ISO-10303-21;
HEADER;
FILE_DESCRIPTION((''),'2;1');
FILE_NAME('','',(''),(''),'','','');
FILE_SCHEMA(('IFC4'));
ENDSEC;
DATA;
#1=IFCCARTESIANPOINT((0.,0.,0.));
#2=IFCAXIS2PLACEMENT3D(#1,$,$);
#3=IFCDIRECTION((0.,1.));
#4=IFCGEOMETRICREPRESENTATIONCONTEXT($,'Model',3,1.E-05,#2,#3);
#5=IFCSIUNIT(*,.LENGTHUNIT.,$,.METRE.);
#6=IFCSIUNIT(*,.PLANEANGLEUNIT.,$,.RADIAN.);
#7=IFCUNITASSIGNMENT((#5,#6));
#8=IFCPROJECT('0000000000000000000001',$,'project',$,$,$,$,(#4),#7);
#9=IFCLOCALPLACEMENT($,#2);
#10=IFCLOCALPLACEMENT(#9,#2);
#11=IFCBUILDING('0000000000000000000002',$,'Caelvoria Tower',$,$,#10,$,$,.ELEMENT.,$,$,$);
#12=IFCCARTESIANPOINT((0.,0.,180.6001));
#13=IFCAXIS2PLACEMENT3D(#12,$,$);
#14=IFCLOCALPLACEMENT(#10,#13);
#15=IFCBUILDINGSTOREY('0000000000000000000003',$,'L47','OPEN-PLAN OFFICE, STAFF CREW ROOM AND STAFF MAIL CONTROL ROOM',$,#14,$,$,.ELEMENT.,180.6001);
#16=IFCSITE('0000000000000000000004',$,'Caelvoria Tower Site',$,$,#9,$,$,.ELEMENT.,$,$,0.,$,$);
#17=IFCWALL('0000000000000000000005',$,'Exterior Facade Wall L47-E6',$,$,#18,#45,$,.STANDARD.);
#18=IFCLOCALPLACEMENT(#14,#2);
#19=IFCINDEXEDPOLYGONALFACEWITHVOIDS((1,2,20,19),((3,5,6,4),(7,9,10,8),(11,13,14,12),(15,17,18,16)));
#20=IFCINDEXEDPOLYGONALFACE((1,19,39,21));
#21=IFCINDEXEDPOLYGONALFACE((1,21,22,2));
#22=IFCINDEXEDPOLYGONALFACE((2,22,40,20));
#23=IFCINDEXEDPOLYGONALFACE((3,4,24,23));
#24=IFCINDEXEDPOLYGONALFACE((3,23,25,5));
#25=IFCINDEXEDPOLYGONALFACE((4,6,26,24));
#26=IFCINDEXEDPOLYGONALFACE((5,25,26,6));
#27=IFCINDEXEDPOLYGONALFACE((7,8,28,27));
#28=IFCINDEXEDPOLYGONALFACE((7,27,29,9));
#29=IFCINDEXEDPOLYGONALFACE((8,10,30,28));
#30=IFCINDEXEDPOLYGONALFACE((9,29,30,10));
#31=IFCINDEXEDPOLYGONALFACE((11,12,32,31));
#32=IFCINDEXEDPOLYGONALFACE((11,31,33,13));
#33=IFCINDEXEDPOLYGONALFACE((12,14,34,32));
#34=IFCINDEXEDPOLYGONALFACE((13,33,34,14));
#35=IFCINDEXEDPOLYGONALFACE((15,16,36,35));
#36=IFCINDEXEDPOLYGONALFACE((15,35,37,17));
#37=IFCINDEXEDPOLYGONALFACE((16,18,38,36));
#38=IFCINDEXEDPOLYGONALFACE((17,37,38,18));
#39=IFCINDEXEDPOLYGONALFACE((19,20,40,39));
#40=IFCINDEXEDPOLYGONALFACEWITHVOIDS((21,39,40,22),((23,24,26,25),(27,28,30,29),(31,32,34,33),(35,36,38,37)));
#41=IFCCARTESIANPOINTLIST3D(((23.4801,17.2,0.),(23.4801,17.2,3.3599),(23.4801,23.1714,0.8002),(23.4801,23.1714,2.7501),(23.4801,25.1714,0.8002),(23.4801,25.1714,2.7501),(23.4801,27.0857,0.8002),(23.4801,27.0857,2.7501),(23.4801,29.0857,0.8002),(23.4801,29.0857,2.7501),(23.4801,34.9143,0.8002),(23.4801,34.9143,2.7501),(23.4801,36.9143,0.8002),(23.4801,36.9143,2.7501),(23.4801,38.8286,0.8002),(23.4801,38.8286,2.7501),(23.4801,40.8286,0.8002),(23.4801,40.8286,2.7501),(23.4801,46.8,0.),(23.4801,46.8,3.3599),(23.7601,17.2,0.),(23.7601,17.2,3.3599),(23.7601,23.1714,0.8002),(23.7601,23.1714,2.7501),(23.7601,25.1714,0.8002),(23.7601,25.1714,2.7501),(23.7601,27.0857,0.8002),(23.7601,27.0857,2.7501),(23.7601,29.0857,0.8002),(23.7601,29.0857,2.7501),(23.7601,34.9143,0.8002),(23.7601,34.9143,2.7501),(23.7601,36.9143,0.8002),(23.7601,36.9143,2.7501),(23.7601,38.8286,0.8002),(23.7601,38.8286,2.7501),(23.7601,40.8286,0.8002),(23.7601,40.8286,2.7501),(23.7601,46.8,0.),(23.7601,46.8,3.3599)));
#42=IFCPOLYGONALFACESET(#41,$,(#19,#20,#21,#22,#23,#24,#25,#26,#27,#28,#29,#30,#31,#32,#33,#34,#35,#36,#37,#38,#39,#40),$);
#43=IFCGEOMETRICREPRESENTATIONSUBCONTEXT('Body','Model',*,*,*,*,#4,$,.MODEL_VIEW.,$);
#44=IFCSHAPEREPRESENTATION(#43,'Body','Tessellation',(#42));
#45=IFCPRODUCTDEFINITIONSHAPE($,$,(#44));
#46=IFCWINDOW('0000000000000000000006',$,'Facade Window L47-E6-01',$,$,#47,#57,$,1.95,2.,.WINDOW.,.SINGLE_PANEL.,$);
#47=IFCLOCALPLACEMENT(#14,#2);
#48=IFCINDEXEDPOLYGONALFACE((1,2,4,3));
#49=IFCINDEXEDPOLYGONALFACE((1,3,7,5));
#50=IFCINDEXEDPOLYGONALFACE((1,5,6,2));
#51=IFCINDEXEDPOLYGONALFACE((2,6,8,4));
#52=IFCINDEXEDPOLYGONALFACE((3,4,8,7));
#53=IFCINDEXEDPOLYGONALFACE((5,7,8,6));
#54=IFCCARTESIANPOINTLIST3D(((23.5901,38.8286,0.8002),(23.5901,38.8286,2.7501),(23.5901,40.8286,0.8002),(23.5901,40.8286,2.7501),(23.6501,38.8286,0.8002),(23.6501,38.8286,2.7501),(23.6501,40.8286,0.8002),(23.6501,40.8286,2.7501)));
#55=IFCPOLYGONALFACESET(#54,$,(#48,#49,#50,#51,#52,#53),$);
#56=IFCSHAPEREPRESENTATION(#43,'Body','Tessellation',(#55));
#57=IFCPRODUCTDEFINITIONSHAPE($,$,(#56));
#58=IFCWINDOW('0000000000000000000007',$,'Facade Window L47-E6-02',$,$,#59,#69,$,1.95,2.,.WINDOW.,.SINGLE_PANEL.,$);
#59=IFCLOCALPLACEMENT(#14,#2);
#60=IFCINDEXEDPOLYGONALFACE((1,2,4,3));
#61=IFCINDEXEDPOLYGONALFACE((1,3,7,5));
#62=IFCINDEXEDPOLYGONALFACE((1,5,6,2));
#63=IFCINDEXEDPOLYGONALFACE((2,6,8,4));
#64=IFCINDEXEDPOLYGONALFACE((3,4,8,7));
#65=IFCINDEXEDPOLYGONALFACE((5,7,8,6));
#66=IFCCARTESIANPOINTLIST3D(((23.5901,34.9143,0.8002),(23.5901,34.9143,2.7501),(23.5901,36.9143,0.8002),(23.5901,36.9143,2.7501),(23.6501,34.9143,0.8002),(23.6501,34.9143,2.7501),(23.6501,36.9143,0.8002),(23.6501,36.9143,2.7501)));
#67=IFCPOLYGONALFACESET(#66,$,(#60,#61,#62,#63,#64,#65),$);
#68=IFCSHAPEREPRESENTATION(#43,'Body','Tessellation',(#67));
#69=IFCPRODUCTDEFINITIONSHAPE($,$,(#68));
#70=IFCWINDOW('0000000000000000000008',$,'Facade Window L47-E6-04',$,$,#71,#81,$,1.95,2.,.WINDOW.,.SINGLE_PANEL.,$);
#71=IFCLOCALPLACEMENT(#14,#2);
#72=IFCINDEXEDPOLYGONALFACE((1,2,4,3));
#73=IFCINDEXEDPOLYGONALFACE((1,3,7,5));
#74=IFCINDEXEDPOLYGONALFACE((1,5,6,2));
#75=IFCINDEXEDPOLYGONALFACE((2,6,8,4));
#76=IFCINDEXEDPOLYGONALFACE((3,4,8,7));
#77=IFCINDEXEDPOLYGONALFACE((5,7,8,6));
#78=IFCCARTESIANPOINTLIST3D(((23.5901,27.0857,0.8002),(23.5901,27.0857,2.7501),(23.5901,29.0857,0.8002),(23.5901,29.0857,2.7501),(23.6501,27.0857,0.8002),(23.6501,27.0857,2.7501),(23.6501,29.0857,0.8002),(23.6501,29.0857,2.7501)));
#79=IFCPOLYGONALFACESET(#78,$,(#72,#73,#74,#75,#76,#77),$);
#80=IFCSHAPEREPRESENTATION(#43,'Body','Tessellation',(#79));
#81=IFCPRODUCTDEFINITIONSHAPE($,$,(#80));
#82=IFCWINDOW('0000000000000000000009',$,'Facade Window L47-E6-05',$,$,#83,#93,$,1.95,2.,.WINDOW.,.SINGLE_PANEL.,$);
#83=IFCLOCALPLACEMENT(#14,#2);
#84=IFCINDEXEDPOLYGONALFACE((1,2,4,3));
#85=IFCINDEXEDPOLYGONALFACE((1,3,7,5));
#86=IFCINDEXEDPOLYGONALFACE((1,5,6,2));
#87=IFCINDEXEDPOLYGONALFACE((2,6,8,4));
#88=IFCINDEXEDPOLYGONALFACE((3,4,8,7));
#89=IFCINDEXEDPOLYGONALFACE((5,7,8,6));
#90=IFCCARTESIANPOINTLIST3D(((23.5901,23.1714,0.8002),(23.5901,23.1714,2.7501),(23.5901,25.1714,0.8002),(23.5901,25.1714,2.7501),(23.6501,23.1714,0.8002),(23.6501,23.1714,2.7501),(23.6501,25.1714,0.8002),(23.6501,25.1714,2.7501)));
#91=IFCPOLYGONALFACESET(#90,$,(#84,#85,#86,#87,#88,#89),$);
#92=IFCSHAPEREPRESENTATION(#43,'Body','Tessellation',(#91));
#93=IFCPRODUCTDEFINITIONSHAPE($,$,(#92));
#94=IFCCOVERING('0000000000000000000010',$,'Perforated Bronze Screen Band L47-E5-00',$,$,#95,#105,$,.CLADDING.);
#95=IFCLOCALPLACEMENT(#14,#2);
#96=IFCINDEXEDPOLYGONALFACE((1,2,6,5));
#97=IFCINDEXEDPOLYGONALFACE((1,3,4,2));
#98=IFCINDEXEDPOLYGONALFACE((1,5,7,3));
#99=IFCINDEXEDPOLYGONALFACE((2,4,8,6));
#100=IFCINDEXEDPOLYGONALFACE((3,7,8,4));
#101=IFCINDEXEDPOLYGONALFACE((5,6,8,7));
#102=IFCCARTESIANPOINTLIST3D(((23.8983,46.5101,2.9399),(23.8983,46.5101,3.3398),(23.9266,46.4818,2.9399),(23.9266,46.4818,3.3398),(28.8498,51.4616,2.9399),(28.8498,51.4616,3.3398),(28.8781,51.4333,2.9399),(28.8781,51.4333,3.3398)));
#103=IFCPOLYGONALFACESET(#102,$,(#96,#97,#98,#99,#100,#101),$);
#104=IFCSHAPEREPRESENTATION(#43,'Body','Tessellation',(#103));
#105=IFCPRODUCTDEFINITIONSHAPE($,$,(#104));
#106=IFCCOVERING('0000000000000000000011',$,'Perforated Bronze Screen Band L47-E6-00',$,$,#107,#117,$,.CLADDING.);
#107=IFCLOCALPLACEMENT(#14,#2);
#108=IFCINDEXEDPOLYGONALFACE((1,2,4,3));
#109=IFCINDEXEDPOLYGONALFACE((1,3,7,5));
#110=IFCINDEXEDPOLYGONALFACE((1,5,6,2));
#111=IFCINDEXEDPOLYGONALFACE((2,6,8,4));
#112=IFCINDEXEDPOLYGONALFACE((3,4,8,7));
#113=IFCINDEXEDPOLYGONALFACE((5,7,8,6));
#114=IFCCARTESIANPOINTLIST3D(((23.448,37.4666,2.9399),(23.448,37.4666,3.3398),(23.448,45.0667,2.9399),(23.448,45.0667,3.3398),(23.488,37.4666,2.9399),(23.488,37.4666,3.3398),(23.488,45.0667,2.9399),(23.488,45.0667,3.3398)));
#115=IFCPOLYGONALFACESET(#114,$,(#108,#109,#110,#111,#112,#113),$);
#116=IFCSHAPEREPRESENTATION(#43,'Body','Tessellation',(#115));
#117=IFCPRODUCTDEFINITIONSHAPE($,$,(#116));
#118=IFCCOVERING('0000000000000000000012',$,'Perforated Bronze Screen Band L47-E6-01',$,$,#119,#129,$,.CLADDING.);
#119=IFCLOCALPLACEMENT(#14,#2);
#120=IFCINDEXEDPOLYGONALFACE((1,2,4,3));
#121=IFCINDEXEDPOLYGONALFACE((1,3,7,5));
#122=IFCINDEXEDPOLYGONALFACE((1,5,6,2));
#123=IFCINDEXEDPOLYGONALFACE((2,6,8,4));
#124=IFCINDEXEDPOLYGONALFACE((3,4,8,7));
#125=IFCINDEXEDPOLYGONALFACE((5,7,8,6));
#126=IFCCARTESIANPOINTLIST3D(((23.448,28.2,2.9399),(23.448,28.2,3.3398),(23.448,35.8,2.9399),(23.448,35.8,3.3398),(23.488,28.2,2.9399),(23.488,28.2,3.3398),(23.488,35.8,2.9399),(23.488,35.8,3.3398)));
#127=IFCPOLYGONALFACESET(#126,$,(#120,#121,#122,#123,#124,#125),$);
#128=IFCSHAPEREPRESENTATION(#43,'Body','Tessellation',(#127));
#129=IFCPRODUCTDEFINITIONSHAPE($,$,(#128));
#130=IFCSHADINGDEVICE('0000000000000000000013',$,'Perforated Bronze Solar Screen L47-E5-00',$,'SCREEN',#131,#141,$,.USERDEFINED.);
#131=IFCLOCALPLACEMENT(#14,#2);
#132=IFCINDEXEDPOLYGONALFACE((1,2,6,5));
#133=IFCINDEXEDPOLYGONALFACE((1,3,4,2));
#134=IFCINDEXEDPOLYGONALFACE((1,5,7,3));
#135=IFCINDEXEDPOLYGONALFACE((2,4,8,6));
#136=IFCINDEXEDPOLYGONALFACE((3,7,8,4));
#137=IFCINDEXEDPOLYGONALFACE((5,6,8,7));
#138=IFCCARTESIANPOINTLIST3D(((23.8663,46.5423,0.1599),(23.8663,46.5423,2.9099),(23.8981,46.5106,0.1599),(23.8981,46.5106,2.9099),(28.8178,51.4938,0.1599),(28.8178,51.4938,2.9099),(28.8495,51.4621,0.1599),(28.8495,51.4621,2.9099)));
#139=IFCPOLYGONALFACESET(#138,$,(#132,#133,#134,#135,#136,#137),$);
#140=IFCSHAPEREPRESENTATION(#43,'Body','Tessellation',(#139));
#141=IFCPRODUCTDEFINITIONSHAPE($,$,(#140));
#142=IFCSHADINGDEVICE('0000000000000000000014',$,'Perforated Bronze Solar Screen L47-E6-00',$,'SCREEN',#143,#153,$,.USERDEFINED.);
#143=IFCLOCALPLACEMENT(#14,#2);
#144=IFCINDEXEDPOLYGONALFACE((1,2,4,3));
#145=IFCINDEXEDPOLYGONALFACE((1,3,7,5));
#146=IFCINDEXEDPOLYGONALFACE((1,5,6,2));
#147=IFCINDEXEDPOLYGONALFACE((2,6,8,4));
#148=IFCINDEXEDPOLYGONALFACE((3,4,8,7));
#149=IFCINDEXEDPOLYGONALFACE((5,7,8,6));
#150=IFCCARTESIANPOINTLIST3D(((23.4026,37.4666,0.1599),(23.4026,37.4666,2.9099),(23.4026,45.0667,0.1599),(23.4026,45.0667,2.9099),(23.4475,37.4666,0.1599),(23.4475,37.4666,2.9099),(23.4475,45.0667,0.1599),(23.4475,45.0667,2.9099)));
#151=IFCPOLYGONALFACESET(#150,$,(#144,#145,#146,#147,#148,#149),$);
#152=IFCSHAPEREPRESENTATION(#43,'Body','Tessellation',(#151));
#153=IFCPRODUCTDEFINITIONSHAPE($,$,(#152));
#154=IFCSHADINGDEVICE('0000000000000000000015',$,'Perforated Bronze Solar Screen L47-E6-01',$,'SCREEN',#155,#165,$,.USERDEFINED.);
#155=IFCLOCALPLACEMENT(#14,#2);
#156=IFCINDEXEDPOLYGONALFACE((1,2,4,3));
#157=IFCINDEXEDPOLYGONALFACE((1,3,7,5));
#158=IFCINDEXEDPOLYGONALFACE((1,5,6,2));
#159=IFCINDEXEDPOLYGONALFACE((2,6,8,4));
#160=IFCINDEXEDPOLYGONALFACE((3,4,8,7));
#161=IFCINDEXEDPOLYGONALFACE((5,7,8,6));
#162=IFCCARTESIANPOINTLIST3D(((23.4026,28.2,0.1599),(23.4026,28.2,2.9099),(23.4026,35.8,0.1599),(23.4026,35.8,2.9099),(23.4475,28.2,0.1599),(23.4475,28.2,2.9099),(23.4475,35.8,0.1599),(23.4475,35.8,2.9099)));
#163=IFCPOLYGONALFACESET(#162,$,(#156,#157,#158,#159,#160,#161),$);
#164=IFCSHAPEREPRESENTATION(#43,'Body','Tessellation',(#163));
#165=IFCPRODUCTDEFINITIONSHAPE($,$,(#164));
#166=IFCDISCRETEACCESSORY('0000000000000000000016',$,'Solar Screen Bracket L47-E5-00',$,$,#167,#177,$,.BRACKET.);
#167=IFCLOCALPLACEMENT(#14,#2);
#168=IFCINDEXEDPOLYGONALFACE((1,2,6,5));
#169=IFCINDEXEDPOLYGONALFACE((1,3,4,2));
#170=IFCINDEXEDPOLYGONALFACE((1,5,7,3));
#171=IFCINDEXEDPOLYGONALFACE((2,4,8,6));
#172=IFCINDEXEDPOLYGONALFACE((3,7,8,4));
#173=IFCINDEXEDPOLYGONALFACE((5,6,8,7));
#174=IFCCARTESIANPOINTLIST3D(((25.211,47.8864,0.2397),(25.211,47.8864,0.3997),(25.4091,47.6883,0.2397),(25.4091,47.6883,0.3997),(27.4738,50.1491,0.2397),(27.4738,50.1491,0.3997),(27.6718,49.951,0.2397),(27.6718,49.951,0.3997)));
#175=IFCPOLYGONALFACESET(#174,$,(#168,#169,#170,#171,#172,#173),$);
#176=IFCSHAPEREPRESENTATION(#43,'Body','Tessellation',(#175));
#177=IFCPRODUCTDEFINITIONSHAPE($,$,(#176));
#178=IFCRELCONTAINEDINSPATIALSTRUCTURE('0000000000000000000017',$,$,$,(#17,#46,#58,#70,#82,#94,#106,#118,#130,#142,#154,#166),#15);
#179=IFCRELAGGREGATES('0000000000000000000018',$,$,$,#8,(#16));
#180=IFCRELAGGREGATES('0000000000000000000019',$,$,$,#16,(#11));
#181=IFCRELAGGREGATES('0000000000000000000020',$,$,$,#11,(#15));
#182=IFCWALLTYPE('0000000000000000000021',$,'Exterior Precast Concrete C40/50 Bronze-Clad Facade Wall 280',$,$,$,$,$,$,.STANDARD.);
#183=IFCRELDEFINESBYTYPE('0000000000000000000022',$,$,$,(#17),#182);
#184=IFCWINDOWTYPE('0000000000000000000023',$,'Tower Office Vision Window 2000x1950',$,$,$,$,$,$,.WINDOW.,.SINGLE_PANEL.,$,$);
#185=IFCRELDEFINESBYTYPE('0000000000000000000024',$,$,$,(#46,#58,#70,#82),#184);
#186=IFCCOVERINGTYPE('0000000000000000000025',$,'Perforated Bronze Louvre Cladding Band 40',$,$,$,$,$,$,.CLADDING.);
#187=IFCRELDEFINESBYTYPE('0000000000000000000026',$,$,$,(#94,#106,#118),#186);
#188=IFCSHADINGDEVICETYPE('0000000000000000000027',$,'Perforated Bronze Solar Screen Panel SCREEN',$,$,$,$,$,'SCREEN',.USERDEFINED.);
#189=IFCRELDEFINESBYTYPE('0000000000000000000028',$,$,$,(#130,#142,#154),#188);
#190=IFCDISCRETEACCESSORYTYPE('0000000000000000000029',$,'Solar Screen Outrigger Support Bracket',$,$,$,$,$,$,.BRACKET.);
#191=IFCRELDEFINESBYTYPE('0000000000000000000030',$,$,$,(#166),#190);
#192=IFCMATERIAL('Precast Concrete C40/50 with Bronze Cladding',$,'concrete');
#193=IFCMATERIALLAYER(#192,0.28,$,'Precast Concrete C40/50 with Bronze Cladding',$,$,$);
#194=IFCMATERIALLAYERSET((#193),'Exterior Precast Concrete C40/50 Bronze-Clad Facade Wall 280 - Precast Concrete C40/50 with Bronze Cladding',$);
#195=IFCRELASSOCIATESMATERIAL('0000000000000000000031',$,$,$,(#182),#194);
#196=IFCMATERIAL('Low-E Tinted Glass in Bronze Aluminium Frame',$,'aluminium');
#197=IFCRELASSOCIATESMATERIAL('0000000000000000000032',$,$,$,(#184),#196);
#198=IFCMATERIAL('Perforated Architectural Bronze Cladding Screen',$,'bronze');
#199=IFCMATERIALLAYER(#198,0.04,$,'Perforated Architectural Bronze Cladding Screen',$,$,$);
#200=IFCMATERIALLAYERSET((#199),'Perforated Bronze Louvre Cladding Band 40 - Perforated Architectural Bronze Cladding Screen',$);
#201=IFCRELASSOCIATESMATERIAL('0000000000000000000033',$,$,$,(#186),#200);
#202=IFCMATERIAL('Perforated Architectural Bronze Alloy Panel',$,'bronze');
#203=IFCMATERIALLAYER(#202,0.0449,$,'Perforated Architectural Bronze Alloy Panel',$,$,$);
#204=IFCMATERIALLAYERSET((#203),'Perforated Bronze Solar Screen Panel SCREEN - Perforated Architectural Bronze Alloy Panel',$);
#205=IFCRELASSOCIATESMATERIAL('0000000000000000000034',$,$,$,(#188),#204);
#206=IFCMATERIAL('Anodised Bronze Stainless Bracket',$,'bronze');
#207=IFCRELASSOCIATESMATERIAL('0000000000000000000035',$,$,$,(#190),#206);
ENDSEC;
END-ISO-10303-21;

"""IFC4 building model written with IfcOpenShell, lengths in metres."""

from ifc_helpers import new_model, si_unit, direction, frame, frame_2d, origin, origin_2d, place, context, subcontext, project, spatial, rectangle, extrude, material, layer, layer_set, type_object, element, fill, save


model = new_model("IFC4")

# Units and contexts
model_context = context("Model", 3, precision=1e-05, world=origin(), true_north=direction((0.0, 1.0)))
body_context = subcontext(model_context, "Body", "Model", "MODEL_VIEW")
ifc_project = project(units=[si_unit("LENGTHUNIT", "METRE"), si_unit("PLANEANGLEUNIT", "RADIAN")], contexts=[model_context])

# Site, building, storey
site_placement = place(None, origin())
site = spatial("IfcSite", under=ifc_project, at=site_placement, Name="Caelvoria Tower Site", CompositionType="ELEMENT", RefElevation=0.0)
building_placement = place(site_placement, origin())
building = spatial("IfcBuilding", under=site, at=building_placement, Name="Caelvoria Tower", CompositionType="ELEMENT")
storey_placement = place(building_placement, frame((0.0, 0.0, 180.6001)))
storey = spatial("IfcBuildingStorey", under=building, at=storey_placement, Name="L47", Description="OPEN-PLAN OFFICE, STAFF CREW ROOM AND STAFF MAIL CONTROL ROOM", CompositionType="ELEMENT", Elevation=180.6001)

# Shared definitions
ifc_material_1 = material(Name="Precast Concrete C40/50 with Bronze Cladding", Category="concrete")
ifc_layer_1 = layer(ifc_material_1, 0.28, Name="Precast Concrete C40/50 with Bronze Cladding")
ifc_layer_set_1 = layer_set([ifc_layer_1], Name="Exterior Precast Concrete C40/50 Bronze-Clad Facade Wall 280 - Precast Concrete C40/50 with Bronze Cladding")
wall_type = type_object("IfcWallType", Name="Exterior Precast Concrete C40/50 Bronze-Clad Facade Wall 280", PredefinedType="STANDARD", material=ifc_layer_set_1)

# Wall, openings, windows
wall_1_placement = place(storey_placement, frame((23.6201, 46.8, 0.0), z_axis=(0.0, 0.0, 1.0), x_axis=(0.0, -1.0, 0.0)))
wall_1 = element("IfcWall", 1, at=wall_1_placement, inside=storey, type_object=wall_type, Name="Exterior Facade Wall L47-E6", PredefinedType="STANDARD", context=body_context, shape_type="SweptSolid", body=[
    extrude(rectangle(XDim=29.6001, YDim=0.28, at=frame_2d((14.8, 0.0))), origin(), (0.0, 0.0, 1.0), 3.3599),
])
opening_1_placement = place(wall_1_placement, frame((5.9714, 0.0, 0.8)))
opening_1 = element("IfcOpeningElement", 2, at=opening_1_placement, cuts=wall_1, PredefinedType="OPENING", context=body_context, shape_type="SweptSolid", body=[
    extrude(rectangle(XDim=2.0, YDim=1.95, at=frame_2d((1.0, 0.9751))), frame((0.0, 0.1499, 0.0), z_axis=(0.0, -1.0, 0.0), x_axis=(1.0, 0.0, 0.0)), (0.0, 0.0, 1.0), 0.3),
])
opening_2_placement = place(wall_1_placement, frame((9.8857, 0.0, 0.8)))
opening_2 = element("IfcOpeningElement", 3, at=opening_2_placement, cuts=wall_1, PredefinedType="OPENING", context=body_context, shape_type="SweptSolid", body=[
    extrude(rectangle(XDim=2.0, YDim=1.95, at=frame_2d((1.0, 0.9751))), frame((0.0, 0.1499, 0.0), z_axis=(0.0, -1.0, 0.0), x_axis=(1.0, 0.0, 0.0)), (0.0, 0.0, 1.0), 0.3),
])
opening_3_placement = place(wall_1_placement, frame((17.7144, 0.0, 0.8)))
opening_3 = element("IfcOpeningElement", 4, at=opening_3_placement, cuts=wall_1, PredefinedType="OPENING", context=body_context, shape_type="SweptSolid", body=[
    extrude(rectangle(XDim=2.0, YDim=1.95, at=frame_2d((1.0, 0.9751))), frame((0.0, 0.1499, 0.0), z_axis=(0.0, -1.0, 0.0), x_axis=(1.0, 0.0, 0.0)), (0.0, 0.0, 1.0), 0.3),
])
opening_4_placement = place(wall_1_placement, frame((21.6287, 0.0, 0.8)))
opening_4 = element("IfcOpeningElement", 5, at=opening_4_placement, cuts=wall_1, PredefinedType="OPENING", context=body_context, shape_type="SweptSolid", body=[
    extrude(rectangle(XDim=2.0, YDim=1.95, at=frame_2d((1.0, 0.9751))), frame((0.0, 0.1499, 0.0), z_axis=(0.0, -1.0, 0.0), x_axis=(1.0, 0.0, 0.0)), (0.0, 0.0, 1.0), 0.3),
])
ifc_material_2 = material(Name="Low-E Tinted Glass in Bronze Aluminium Frame", Category="aluminium")
window_type = type_object("IfcWindowType", Name="Tower Office Vision Window 2000x1950", PartitioningType="SINGLE_PANEL", PredefinedType="WINDOW", material=ifc_material_2)
window_1_placement = place(opening_1_placement, origin())
window_1 = element("IfcWindow", 6, at=window_1_placement, inside=storey, type_object=window_type, Name="Facade Window L47-E6-01", OverallHeight=1.95, OverallWidth=2.0, PartitioningType="SINGLE_PANEL", PredefinedType="WINDOW", context=body_context, shape_type="SweptSolid", body=[
    extrude(rectangle(XDim=2.0, YDim=1.95, at=frame_2d((1.0, 0.9751))), frame((0.0, 0.03, 0.0), z_axis=(0.0, -1.0, 0.0), x_axis=(1.0, 0.0, 0.0)), (0.0, 0.0, 1.0), 0.0601),
])
fill(opening_1, window_1)
window_2_placement = place(opening_2_placement, origin())
window_2 = element("IfcWindow", 7, at=window_2_placement, inside=storey, type_object=window_type, Name="Facade Window L47-E6-02", OverallHeight=1.95, OverallWidth=2.0, PartitioningType="SINGLE_PANEL", PredefinedType="WINDOW", context=body_context, shape_type="SweptSolid", body=[
    extrude(rectangle(XDim=2.0, YDim=1.95, at=frame_2d((1.0, 0.9751))), frame((0.0, 0.03, 0.0), z_axis=(0.0, -1.0, 0.0), x_axis=(1.0, 0.0, 0.0)), (0.0, 0.0, 1.0), 0.0601),
])
fill(opening_2, window_2)
window_3_placement = place(opening_3_placement, origin())
window_3 = element("IfcWindow", 8, at=window_3_placement, inside=storey, type_object=window_type, Name="Facade Window L47-E6-04", OverallHeight=1.95, OverallWidth=2.0, PartitioningType="SINGLE_PANEL", PredefinedType="WINDOW", context=body_context, shape_type="SweptSolid", body=[
    extrude(rectangle(XDim=2.0, YDim=1.95, at=frame_2d((1.0, 0.9751))), frame((0.0, 0.03, 0.0), z_axis=(0.0, -1.0, 0.0), x_axis=(1.0, 0.0, 0.0)), (0.0, 0.0, 1.0), 0.0601),
])
fill(opening_3, window_3)
window_4_placement = place(opening_4_placement, origin())
window_4 = element("IfcWindow", 9, at=window_4_placement, inside=storey, type_object=window_type, Name="Facade Window L47-E6-05", OverallHeight=1.95, OverallWidth=2.0, PartitioningType="SINGLE_PANEL", PredefinedType="WINDOW", context=body_context, shape_type="SweptSolid", body=[
    extrude(rectangle(XDim=2.0, YDim=1.95, at=frame_2d((1.0, 0.9751))), frame((0.0, 0.03, 0.0), z_axis=(0.0, -1.0, 0.0), x_axis=(1.0, 0.0, 0.0)), (0.0, 0.0, 1.0), 0.0601),
])
fill(opening_4, window_4)

# Coverings
ifc_material_3 = material(Name="Perforated Architectural Bronze Cladding Screen", Category="bronze")
ifc_layer_2 = layer(ifc_material_3, 0.04, Name="Perforated Architectural Bronze Cladding Screen")
ifc_layer_set_2 = layer_set([ifc_layer_2], Name="Perforated Bronze Louvre Cladding Band 40 - Perforated Architectural Bronze Cladding Screen")
covering_type = type_object("IfcCoveringType", Name="Perforated Bronze Louvre Cladding Band 40", PredefinedType="CLADDING", material=ifc_layer_set_2)
covering_placement = place(storey_placement, frame((26.3882, 48.9717, 2.9399), z_axis=(0.0, 0.0, 1.0), x_axis=(-0.707107, -0.707107, 0.0)))
element("IfcCovering", 10, at=covering_placement, inside=storey, type_object=covering_type, Name="Perforated Bronze Screen Band L47-E5-00", PredefinedType="CLADDING", context=body_context, shape_type="SweptSolid", body=[
    extrude(rectangle(XDim=7.0024, YDim=0.04, at=origin_2d()), origin(), (0.0, 0.0, 1.0), 0.3999),
])
for number, where, z_axis, x_axis, name in (
    (11, (23.468, 41.2666, 2.9399), (0.0, 0.0, 1.0), (0.0, -1.0, 0.0), "Perforated Bronze Screen Band L47-E6-00"),
    (12, (23.468, 32.0, 2.9399), (0.0, 0.0, 1.0), (0.0, -1.0, 0.0), "Perforated Bronze Screen Band L47-E6-01"),
):
    element("IfcCovering", number, at=place(storey_placement, frame(where, z_axis=z_axis, x_axis=x_axis)), inside=storey, type_object=covering_type, Name=name, PredefinedType="CLADDING", context=body_context, shape_type="SweptSolid", body=[
        extrude(rectangle(XDim=7.6001, YDim=0.04, at=origin_2d()), origin(), (0.0, 0.0, 1.0), 0.3999),
    ])

# Shading devices
ifc_material_4 = material(Name="Perforated Architectural Bronze Alloy Panel", Category="bronze")
ifc_layer_3 = layer(ifc_material_4, 0.0449, Name="Perforated Architectural Bronze Alloy Panel")
ifc_layer_set_3 = layer_set([ifc_layer_3], Name="Perforated Bronze Solar Screen Panel SCREEN - Perforated Architectural Bronze Alloy Panel")
shading_device_type = type_object("IfcShadingDeviceType", Name="Perforated Bronze Solar Screen Panel SCREEN", ElementType="SCREEN", PredefinedType="USERDEFINED", material=ifc_layer_set_3)
shading_device_placement = place(storey_placement, frame((26.3579, 49.0022, 0.1599), z_axis=(0.0, 0.0, 1.0), x_axis=(-0.707107, -0.707107, 0.0)))
element("IfcShadingDevice", 13, at=shading_device_placement, inside=storey, type_object=shading_device_type, Name="Perforated Bronze Solar Screen L47-E5-00", ObjectType="SCREEN", PredefinedType="USERDEFINED", context=body_context, shape_type="SweptSolid", body=[
    extrude(rectangle(XDim=7.0024, YDim=0.0449, at=origin_2d()), origin(), (0.0, 0.0, 1.0), 2.75),
])
for number, where, z_axis, x_axis, name in (
    (14, (23.425, 41.2666, 0.1599), (0.0, 0.0, 1.0), (0.0, -1.0, 0.0), "Perforated Bronze Solar Screen L47-E6-00"),
    (15, (23.425, 32.0, 0.1599), (0.0, 0.0, 1.0), (0.0, -1.0, 0.0), "Perforated Bronze Solar Screen L47-E6-01"),
):
    element("IfcShadingDevice", number, at=place(storey_placement, frame(where, z_axis=z_axis, x_axis=x_axis)), inside=storey, type_object=shading_device_type, Name=name, ObjectType="SCREEN", PredefinedType="USERDEFINED", context=body_context, shape_type="SweptSolid", body=[
        extrude(rectangle(XDim=7.6001, YDim=0.0449, at=origin_2d()), origin(), (0.0, 0.0, 1.0), 2.75),
    ])

# Discrete accessory
ifc_material_5 = material(Name="Anodised Bronze Stainless Bracket", Category="bronze")
discrete_accessory_type = type_object("IfcDiscreteAccessoryType", Name="Solar Screen Outrigger Support Bracket", PredefinedType="BRACKET", material=ifc_material_5)
for number, where, z_axis, x_axis, name in (
    (16, (26.4414, 48.9187, 0.2397), (0.0, 0.0, 1.0), (-0.707107, -0.707107, 0.0), "Solar Screen Bracket L47-E5-00"),
):
    element("IfcDiscreteAccessory", number, at=place(storey_placement, frame(where, z_axis=z_axis, x_axis=x_axis)), inside=storey, type_object=discrete_accessory_type, Name=name, PredefinedType="BRACKET", context=body_context, shape_type="SweptSolid", body=[
        extrude(rectangle(XDim=3.2, YDim=0.28, at=origin_2d()), origin(), (0.0, 0.0, 1.0), 0.1599),
    ])

save(model, "model.ifc")
